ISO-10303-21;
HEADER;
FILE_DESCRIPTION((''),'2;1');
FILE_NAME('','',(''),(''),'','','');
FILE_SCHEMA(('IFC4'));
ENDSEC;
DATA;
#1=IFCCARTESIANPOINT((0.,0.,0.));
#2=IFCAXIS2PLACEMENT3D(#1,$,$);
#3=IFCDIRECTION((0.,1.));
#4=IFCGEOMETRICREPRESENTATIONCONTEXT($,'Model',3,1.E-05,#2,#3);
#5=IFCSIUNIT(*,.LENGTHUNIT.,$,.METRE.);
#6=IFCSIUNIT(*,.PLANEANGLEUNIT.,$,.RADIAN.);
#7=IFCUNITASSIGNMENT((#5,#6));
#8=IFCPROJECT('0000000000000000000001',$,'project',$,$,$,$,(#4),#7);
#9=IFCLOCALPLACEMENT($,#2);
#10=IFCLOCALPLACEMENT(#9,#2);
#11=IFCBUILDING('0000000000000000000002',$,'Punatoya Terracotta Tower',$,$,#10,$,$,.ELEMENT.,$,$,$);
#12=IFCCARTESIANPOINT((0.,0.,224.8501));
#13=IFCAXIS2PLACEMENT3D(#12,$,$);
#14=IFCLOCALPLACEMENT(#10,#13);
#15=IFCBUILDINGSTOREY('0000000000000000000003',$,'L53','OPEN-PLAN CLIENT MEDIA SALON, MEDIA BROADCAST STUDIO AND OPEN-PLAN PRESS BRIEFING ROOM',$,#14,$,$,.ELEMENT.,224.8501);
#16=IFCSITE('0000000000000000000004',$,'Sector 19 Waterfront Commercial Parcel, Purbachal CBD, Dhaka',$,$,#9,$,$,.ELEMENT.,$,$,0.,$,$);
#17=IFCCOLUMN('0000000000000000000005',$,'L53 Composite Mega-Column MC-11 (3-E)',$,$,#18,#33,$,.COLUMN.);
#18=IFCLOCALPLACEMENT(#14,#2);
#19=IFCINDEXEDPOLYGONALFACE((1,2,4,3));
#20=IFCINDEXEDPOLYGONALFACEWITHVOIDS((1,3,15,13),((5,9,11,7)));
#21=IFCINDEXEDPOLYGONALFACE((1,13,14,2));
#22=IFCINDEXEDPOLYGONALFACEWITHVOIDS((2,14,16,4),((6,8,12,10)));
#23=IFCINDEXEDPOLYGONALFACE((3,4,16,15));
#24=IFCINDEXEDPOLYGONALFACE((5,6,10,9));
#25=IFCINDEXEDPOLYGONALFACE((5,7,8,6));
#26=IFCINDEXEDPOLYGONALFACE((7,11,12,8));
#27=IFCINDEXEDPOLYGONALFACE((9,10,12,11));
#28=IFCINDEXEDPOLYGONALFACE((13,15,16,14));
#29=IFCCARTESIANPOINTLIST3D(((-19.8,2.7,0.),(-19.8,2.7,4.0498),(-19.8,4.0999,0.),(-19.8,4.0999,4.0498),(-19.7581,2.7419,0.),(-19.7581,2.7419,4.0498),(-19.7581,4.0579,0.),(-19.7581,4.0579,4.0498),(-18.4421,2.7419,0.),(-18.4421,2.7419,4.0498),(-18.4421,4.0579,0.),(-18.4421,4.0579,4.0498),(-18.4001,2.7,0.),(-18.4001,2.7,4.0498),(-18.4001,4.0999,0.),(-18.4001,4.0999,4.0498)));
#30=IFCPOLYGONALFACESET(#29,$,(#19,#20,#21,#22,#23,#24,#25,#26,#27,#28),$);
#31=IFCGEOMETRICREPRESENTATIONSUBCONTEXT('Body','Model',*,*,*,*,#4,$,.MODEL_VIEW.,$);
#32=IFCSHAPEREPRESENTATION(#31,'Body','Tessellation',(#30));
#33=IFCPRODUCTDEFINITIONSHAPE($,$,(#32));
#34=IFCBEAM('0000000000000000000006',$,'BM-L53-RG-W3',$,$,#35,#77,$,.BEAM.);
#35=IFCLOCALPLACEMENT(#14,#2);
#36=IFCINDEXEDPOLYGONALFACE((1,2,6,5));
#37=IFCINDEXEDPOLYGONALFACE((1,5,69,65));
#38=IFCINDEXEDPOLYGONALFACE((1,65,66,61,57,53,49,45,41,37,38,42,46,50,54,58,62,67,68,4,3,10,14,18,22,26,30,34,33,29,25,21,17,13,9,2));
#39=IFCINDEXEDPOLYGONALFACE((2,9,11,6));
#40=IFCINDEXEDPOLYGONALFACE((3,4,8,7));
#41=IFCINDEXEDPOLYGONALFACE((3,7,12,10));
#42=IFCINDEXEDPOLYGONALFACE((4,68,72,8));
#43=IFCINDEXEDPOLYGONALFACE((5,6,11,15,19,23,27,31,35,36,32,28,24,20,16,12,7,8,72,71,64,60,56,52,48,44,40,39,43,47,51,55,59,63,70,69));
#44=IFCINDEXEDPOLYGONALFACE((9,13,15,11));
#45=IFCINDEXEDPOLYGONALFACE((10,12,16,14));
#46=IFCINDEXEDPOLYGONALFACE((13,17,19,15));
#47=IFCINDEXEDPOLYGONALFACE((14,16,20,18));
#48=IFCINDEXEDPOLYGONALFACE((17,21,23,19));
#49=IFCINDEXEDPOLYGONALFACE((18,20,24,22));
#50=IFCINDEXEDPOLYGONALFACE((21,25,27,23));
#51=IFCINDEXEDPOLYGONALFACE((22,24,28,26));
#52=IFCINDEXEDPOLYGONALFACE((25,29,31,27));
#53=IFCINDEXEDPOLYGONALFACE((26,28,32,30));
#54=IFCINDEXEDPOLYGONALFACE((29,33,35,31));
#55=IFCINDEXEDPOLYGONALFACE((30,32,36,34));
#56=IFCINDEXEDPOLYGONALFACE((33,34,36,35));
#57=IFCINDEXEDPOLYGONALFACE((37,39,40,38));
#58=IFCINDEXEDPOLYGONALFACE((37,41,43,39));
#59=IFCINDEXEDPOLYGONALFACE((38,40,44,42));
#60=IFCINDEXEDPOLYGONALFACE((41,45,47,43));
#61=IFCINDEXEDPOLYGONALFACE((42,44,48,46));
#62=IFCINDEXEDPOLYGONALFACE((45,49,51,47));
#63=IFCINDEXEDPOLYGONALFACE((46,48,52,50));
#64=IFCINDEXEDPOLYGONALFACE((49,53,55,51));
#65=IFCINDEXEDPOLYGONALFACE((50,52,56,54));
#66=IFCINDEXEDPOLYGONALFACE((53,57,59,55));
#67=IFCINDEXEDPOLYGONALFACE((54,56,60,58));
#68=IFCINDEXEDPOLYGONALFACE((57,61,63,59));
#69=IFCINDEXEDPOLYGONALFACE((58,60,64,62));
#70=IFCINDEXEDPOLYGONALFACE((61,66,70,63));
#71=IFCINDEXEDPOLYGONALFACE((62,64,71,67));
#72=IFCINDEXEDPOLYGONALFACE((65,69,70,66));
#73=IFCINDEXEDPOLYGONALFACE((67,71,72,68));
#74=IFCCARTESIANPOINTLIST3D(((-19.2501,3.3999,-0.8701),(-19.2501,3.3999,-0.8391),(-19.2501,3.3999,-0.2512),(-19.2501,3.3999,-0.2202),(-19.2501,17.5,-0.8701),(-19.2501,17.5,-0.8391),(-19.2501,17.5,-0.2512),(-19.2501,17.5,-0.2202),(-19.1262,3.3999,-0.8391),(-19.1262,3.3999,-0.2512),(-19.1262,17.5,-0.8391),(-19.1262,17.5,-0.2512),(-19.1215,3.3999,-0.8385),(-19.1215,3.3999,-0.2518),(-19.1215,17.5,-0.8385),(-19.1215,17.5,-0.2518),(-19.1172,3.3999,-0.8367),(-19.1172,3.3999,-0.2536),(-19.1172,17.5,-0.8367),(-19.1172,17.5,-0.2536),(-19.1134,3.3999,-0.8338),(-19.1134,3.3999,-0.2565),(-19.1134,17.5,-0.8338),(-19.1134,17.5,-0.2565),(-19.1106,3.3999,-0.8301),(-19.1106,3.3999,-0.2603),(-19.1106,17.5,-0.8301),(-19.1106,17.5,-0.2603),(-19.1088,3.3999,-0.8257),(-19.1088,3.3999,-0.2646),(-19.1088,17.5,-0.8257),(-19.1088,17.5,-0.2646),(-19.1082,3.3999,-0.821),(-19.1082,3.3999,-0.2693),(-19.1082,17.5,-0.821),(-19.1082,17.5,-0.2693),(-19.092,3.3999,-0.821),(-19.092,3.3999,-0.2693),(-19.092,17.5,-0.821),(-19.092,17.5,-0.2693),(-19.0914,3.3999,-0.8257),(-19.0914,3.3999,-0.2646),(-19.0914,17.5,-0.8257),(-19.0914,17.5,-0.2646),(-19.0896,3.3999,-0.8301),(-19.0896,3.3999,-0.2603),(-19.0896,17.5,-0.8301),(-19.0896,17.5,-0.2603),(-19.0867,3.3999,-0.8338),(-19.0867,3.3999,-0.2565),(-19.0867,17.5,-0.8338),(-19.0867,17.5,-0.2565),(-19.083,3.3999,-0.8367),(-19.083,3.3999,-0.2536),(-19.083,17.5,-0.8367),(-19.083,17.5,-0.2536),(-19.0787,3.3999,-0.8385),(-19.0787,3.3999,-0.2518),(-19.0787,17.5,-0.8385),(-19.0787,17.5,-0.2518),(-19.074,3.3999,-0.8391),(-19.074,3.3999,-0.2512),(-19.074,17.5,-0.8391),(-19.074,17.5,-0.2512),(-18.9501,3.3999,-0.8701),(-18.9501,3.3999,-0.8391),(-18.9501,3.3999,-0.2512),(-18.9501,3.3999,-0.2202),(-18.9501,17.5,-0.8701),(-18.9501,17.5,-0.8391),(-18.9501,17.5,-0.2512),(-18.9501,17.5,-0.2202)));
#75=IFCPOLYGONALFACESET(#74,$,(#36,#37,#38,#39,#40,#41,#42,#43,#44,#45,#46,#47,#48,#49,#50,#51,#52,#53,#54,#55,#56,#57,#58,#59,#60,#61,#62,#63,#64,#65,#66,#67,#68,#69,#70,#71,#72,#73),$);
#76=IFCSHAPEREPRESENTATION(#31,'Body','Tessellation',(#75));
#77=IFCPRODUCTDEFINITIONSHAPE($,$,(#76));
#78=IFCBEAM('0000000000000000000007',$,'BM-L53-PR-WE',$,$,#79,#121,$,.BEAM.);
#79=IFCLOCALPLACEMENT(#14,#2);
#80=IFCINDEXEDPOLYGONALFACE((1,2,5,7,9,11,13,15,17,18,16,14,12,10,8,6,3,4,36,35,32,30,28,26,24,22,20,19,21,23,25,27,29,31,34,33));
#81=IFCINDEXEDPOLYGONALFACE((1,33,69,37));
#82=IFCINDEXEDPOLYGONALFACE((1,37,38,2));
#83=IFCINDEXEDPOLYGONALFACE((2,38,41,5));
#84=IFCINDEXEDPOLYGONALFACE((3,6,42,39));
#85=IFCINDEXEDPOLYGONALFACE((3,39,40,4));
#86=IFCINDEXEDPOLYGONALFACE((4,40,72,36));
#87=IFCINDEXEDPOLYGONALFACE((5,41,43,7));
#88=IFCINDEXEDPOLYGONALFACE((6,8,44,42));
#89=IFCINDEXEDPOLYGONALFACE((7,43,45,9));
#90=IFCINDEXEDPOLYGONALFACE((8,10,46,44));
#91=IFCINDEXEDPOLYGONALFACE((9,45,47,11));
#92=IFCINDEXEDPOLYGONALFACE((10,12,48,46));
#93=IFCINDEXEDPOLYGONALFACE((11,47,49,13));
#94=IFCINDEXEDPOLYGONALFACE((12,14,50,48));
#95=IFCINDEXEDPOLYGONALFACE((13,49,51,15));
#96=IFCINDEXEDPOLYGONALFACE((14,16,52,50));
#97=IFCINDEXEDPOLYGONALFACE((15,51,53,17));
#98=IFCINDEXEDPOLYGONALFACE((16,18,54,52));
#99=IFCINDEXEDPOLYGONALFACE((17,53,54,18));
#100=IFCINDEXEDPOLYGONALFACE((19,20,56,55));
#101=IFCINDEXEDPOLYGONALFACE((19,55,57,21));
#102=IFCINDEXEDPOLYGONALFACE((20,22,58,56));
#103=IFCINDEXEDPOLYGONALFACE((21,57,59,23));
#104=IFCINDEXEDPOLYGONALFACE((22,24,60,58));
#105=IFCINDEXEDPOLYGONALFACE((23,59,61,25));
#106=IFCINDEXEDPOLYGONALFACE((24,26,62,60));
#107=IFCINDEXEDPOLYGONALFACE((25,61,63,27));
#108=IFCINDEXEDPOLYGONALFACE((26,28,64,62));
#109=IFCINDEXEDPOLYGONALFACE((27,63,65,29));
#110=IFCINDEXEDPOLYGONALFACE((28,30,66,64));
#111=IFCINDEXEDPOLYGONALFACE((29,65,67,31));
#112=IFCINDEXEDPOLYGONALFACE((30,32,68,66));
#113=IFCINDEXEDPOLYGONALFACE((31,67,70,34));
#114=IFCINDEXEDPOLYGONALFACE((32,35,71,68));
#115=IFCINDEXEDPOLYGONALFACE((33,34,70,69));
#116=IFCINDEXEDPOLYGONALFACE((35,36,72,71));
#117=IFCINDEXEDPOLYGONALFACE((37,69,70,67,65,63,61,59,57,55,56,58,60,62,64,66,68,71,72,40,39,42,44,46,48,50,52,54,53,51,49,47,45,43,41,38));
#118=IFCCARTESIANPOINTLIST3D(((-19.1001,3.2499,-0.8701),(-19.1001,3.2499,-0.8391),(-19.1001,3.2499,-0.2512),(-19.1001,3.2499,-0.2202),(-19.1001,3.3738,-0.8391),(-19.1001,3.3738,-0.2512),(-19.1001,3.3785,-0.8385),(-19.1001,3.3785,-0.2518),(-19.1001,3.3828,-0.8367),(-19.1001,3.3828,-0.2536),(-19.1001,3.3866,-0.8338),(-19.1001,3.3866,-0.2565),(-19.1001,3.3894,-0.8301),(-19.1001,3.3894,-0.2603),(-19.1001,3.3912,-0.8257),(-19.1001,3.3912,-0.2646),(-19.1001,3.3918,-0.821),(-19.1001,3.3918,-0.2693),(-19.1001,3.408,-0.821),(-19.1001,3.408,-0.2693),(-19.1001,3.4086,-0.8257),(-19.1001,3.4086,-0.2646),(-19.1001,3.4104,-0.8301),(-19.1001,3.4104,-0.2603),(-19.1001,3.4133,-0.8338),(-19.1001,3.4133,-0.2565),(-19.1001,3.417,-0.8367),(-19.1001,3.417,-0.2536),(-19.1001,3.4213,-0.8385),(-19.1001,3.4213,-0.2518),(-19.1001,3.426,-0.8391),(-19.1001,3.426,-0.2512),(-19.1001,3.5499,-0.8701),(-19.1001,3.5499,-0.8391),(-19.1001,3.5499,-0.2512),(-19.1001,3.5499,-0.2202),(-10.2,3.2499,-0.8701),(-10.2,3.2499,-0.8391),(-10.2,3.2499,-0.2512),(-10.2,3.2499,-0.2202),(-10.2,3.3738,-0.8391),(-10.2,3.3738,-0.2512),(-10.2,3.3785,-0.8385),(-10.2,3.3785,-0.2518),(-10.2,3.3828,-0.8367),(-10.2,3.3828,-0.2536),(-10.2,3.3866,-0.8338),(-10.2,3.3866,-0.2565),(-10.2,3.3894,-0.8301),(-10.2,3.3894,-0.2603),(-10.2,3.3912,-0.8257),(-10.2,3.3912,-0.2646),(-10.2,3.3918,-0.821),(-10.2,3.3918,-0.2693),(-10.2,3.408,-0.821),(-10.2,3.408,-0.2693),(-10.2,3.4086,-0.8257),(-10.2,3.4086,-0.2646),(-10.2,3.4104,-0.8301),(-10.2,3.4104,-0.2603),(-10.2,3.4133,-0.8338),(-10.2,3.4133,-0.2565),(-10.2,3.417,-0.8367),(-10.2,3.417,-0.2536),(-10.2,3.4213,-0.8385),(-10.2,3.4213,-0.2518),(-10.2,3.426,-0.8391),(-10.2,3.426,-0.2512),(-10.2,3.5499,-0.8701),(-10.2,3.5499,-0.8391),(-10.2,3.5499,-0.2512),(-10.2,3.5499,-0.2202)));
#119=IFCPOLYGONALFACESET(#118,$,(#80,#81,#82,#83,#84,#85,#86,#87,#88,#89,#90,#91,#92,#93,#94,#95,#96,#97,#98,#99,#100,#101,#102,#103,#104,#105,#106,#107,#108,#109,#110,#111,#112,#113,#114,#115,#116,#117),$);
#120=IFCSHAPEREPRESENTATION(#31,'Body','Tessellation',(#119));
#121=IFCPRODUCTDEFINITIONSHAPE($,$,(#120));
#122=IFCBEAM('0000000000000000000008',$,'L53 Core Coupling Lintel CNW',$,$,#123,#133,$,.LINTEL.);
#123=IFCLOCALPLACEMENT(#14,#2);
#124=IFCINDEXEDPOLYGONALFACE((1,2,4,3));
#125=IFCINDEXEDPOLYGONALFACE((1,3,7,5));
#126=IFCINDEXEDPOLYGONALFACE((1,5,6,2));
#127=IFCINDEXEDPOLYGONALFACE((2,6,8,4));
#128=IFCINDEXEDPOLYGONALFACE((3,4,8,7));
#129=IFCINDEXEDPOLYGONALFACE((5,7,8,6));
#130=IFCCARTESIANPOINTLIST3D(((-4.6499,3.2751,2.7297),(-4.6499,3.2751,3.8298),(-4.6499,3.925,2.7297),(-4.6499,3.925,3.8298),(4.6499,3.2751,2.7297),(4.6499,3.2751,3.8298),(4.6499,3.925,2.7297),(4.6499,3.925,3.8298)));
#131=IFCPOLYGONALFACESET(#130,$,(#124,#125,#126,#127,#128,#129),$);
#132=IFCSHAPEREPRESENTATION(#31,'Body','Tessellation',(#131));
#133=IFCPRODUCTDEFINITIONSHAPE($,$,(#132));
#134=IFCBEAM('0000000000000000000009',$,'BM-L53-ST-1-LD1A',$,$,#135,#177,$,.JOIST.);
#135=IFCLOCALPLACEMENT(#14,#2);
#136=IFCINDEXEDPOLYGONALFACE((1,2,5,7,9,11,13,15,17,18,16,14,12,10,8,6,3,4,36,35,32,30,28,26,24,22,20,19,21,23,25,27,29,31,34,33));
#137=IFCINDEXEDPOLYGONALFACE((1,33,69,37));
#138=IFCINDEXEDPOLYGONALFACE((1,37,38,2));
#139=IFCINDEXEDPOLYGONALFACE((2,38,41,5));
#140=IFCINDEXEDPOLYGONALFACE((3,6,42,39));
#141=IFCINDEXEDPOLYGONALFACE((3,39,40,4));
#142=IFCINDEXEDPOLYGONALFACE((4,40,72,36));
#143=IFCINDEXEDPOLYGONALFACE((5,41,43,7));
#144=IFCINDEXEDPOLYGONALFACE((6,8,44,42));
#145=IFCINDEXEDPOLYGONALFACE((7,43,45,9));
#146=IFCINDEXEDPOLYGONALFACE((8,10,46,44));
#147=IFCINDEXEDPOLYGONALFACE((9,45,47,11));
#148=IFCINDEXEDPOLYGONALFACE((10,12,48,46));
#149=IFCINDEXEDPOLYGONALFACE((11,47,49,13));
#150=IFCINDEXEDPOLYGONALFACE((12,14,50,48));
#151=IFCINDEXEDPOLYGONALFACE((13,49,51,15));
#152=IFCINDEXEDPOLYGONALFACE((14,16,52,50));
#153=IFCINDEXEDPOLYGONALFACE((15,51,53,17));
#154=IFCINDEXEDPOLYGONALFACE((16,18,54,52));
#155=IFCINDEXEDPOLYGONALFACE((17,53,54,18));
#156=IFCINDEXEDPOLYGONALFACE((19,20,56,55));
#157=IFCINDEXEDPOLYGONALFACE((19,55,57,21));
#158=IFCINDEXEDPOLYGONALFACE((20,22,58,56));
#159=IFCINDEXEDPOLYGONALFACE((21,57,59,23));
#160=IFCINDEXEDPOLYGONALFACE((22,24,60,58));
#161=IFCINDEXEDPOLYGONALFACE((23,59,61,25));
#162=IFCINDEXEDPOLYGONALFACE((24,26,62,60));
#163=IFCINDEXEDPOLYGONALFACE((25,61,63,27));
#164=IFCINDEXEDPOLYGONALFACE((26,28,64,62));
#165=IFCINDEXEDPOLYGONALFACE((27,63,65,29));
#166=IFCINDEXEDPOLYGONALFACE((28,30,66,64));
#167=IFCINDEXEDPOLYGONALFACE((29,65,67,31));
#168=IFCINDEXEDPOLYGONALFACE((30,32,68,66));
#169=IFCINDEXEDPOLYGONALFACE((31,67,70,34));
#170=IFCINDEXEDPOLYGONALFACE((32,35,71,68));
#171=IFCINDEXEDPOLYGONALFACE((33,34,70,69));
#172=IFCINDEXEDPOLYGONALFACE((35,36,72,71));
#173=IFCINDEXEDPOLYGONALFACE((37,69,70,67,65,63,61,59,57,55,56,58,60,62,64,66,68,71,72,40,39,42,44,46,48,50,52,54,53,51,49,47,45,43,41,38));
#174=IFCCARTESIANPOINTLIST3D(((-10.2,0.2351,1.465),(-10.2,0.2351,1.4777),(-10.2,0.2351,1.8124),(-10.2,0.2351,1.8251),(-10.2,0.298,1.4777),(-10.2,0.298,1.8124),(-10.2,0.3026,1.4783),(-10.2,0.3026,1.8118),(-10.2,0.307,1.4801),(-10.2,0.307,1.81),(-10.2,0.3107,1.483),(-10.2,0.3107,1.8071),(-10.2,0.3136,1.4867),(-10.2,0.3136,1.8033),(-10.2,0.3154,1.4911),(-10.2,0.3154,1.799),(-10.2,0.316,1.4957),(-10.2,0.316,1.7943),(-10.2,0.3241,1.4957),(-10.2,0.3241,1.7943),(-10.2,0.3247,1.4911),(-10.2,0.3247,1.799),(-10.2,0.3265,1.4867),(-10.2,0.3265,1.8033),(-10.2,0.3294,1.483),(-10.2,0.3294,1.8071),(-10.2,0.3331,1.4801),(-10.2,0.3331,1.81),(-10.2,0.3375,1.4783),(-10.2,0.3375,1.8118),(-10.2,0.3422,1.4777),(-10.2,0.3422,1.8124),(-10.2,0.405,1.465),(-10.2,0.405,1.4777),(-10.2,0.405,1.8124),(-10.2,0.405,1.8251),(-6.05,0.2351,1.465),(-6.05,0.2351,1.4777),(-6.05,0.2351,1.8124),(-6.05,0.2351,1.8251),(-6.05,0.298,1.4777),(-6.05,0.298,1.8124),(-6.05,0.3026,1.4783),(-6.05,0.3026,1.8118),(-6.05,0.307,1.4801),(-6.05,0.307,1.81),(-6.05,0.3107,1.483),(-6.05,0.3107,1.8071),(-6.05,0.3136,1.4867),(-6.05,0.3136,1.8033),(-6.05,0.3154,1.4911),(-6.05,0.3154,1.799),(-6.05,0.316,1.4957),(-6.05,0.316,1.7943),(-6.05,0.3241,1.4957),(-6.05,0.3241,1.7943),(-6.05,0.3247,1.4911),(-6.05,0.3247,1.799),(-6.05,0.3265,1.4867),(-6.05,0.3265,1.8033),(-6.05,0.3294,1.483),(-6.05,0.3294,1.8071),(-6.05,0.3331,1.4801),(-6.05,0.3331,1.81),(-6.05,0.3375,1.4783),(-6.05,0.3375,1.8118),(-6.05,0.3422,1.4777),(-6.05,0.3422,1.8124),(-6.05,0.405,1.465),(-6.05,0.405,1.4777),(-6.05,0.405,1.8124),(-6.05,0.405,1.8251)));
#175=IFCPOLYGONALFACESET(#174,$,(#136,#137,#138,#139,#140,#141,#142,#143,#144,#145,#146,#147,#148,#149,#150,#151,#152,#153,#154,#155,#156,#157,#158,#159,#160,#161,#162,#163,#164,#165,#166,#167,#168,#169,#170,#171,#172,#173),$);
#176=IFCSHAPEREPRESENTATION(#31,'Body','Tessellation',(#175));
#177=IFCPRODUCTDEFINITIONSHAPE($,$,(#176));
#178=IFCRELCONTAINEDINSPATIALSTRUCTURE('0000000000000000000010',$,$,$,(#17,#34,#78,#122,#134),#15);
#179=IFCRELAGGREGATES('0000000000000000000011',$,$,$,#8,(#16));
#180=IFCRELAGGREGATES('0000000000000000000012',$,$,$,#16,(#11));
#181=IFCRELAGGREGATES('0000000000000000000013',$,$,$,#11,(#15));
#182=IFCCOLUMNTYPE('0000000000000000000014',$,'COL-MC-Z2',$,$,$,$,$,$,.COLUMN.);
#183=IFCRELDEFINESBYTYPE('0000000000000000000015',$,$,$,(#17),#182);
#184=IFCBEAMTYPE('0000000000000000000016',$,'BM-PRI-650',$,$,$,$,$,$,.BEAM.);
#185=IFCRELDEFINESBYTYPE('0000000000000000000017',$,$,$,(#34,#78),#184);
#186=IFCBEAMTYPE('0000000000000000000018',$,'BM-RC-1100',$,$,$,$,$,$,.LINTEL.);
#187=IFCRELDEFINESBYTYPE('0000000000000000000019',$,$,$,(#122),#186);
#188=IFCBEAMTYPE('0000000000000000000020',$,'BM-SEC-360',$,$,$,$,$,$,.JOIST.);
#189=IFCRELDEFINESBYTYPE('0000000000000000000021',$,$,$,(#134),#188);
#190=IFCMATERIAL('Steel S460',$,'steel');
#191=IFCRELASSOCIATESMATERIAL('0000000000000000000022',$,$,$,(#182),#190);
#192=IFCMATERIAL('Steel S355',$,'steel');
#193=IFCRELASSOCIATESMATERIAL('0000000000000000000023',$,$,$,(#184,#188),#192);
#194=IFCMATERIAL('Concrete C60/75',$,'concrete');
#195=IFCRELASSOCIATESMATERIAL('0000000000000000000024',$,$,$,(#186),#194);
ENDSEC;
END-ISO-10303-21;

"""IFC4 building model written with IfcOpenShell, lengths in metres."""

from ifc_helpers import new_model, si_unit, direction, frame, origin, origin_2d, place, context, subcontext, project, spatial, rectangle, hollow_rectangle, i_section, extrude, material, material_profile, profile_set, type_object, element, save


model = new_model("IFC4")

# Units and contexts
model_context = context("Model", 3, precision=1e-05, world=origin(), true_north=direction((0.0, 1.0)))
body_context = subcontext(model_context, "Body", "Model", "MODEL_VIEW")
ifc_project = project(units=[si_unit("LENGTHUNIT", "METRE"), si_unit("PLANEANGLEUNIT", "RADIAN")], contexts=[model_context])

# Site, building, storey
site_placement = place(None, origin())
site = spatial("IfcSite", under=ifc_project, at=site_placement, Name="Sector 19 Waterfront Commercial Parcel, Purbachal CBD, Dhaka", CompositionType="ELEMENT", RefElevation=0.0)
building_placement = place(site_placement, origin())
building = spatial("IfcBuilding", under=site, at=building_placement, Name="Punatoya Terracotta Tower", CompositionType="ELEMENT")
storey_placement = place(building_placement, frame((0.0, 0.0, 224.8501)))
storey = spatial("IfcBuildingStorey", under=building, at=storey_placement, Name="L53", Description="OPEN-PLAN CLIENT MEDIA SALON, MEDIA BROADCAST STUDIO AND OPEN-PLAN PRESS BRIEFING ROOM", CompositionType="ELEMENT", Elevation=224.8501)

# Column
ifc_material_1 = material(Name="Steel S460", Category="steel")
ifc_material_profile_1 = material_profile(ifc_material_1, hollow_rectangle(XDim=1.3999, YDim=1.3999, WallThickness=0.042, at=origin_2d()))
ifc_profile_set_1 = profile_set([ifc_material_profile_1], Name="Steel S460")
column_type = type_object("IfcColumnType", Name="COL-MC-Z2", PredefinedType="COLUMN", material=ifc_profile_set_1)
column_placement = place(storey_placement, frame((-19.1001, 3.3999, 0.0), z_axis=(0.0, 0.0, 1.0), x_axis=(1.0, 0.0, 0.0)))
element("IfcColumn", 1, at=column_placement, inside=storey, type_object=column_type, Name="L53 Composite Mega-Column MC-11 (3-E)", PredefinedType="COLUMN", context=body_context, shape_type="SweptSolid", body=[
    extrude(hollow_rectangle(XDim=1.3999, YDim=1.3999, WallThickness=0.042, at=origin_2d()), origin(), (0.0, 0.0, 1.0), 4.0498),
])

# Beams
ifc_material_2 = material(Name="Steel S355", Category="steel")
ifc_material_profile_2 = material_profile(ifc_material_2, i_section(OverallWidth=0.3, OverallDepth=0.6499, WebThickness=0.0161, FlangeThickness=0.031, FilletRadius=0.0181, at=origin_2d()))
ifc_profile_set_2 = profile_set([ifc_material_profile_2], Name="Steel S355")
beam_type_1 = type_object("IfcBeamType", Name="BM-PRI-650", PredefinedType="BEAM", material=ifc_profile_set_2)
beam_1_placement = place(storey_placement, frame((-19.1001, 3.3999, -0.5452), z_axis=(0.0, 1.0, 0.0), x_axis=(-1.0, 0.0, 0.0)))
element("IfcBeam", 2, at=beam_1_placement, inside=storey, type_object=beam_type_1, Name="BM-L53-RG-W3", PredefinedType="BEAM", context=body_context, shape_type="SweptSolid", body=[
    extrude(i_section(OverallWidth=0.3, OverallDepth=0.6499, WebThickness=0.0161, FlangeThickness=0.031, FilletRadius=0.0181, at=origin_2d()), origin(), (0.0, 0.0, 1.0), 14.1001),
])
beam_2_placement = place(storey_placement, frame((-19.1001, 3.3999, -0.5452), z_axis=(1.0, 0.0, 0.0), x_axis=(0.0, 1.0, 0.0)))
element("IfcBeam", 3, at=beam_2_placement, inside=storey, type_object=beam_type_1, Name="BM-L53-PR-WE", PredefinedType="BEAM", context=body_context, shape_type="SweptSolid", body=[
    extrude(i_section(OverallWidth=0.3, OverallDepth=0.6499, WebThickness=0.0161, FlangeThickness=0.031, FilletRadius=0.0181, at=origin_2d()), origin(), (0.0, 0.0, 1.0), 8.9001),
])
ifc_material_3 = material(Name="Concrete C60/75", Category="concrete")
ifc_material_profile_3 = material_profile(ifc_material_3, rectangle(XDim=0.6499, YDim=1.1001, at=origin_2d()))
ifc_profile_set_3 = profile_set([ifc_material_profile_3], Name="Concrete C60/75")
beam_type_2 = type_object("IfcBeamType", Name="BM-RC-1100", PredefinedType="LINTEL", material=ifc_profile_set_3)
beam_3_placement = place(storey_placement, frame((-4.6499, 3.6001, 3.2798), z_axis=(1.0, 0.0, 0.0), x_axis=(0.0, 1.0, 0.0)))
element("IfcBeam", 4, at=beam_3_placement, inside=storey, type_object=beam_type_2, Name="L53 Core Coupling Lintel CNW", PredefinedType="LINTEL", context=body_context, shape_type="SweptSolid", body=[
    extrude(rectangle(XDim=0.6499, YDim=1.1001, at=origin_2d()), origin(), (0.0, 0.0, 1.0), 9.2998),
])
ifc_material_profile_4 = material_profile(ifc_material_2, i_section(OverallWidth=0.1699, OverallDepth=0.3601, WebThickness=0.0081, FlangeThickness=0.0127, FilletRadius=0.0181, at=origin_2d()))
ifc_profile_set_4 = profile_set([ifc_material_profile_4], Name="Steel S355")
beam_type_3 = type_object("IfcBeamType", Name="BM-SEC-360", PredefinedType="JOIST", material=ifc_profile_set_4)
for number, where, z_axis, x_axis, name in (
    (5, (-10.2, 0.3201, 1.645), (1.0, 0.0, 0.0), (0.0, 1.0, 0.0), "BM-L53-ST-1-LD1A"),
):
    element("IfcBeam", number, at=place(storey_placement, frame(where, z_axis=z_axis, x_axis=x_axis)), inside=storey, type_object=beam_type_3, Name=name, PredefinedType="JOIST", context=body_context, shape_type="SweptSolid", body=[
        extrude(i_section(OverallWidth=0.1699, OverallDepth=0.3601, WebThickness=0.0081, FlangeThickness=0.0127, FilletRadius=0.0181, at=origin_2d()), origin(), (0.0, 0.0, 1.0), 4.1499),
    ])

save(model, "model.ifc")
